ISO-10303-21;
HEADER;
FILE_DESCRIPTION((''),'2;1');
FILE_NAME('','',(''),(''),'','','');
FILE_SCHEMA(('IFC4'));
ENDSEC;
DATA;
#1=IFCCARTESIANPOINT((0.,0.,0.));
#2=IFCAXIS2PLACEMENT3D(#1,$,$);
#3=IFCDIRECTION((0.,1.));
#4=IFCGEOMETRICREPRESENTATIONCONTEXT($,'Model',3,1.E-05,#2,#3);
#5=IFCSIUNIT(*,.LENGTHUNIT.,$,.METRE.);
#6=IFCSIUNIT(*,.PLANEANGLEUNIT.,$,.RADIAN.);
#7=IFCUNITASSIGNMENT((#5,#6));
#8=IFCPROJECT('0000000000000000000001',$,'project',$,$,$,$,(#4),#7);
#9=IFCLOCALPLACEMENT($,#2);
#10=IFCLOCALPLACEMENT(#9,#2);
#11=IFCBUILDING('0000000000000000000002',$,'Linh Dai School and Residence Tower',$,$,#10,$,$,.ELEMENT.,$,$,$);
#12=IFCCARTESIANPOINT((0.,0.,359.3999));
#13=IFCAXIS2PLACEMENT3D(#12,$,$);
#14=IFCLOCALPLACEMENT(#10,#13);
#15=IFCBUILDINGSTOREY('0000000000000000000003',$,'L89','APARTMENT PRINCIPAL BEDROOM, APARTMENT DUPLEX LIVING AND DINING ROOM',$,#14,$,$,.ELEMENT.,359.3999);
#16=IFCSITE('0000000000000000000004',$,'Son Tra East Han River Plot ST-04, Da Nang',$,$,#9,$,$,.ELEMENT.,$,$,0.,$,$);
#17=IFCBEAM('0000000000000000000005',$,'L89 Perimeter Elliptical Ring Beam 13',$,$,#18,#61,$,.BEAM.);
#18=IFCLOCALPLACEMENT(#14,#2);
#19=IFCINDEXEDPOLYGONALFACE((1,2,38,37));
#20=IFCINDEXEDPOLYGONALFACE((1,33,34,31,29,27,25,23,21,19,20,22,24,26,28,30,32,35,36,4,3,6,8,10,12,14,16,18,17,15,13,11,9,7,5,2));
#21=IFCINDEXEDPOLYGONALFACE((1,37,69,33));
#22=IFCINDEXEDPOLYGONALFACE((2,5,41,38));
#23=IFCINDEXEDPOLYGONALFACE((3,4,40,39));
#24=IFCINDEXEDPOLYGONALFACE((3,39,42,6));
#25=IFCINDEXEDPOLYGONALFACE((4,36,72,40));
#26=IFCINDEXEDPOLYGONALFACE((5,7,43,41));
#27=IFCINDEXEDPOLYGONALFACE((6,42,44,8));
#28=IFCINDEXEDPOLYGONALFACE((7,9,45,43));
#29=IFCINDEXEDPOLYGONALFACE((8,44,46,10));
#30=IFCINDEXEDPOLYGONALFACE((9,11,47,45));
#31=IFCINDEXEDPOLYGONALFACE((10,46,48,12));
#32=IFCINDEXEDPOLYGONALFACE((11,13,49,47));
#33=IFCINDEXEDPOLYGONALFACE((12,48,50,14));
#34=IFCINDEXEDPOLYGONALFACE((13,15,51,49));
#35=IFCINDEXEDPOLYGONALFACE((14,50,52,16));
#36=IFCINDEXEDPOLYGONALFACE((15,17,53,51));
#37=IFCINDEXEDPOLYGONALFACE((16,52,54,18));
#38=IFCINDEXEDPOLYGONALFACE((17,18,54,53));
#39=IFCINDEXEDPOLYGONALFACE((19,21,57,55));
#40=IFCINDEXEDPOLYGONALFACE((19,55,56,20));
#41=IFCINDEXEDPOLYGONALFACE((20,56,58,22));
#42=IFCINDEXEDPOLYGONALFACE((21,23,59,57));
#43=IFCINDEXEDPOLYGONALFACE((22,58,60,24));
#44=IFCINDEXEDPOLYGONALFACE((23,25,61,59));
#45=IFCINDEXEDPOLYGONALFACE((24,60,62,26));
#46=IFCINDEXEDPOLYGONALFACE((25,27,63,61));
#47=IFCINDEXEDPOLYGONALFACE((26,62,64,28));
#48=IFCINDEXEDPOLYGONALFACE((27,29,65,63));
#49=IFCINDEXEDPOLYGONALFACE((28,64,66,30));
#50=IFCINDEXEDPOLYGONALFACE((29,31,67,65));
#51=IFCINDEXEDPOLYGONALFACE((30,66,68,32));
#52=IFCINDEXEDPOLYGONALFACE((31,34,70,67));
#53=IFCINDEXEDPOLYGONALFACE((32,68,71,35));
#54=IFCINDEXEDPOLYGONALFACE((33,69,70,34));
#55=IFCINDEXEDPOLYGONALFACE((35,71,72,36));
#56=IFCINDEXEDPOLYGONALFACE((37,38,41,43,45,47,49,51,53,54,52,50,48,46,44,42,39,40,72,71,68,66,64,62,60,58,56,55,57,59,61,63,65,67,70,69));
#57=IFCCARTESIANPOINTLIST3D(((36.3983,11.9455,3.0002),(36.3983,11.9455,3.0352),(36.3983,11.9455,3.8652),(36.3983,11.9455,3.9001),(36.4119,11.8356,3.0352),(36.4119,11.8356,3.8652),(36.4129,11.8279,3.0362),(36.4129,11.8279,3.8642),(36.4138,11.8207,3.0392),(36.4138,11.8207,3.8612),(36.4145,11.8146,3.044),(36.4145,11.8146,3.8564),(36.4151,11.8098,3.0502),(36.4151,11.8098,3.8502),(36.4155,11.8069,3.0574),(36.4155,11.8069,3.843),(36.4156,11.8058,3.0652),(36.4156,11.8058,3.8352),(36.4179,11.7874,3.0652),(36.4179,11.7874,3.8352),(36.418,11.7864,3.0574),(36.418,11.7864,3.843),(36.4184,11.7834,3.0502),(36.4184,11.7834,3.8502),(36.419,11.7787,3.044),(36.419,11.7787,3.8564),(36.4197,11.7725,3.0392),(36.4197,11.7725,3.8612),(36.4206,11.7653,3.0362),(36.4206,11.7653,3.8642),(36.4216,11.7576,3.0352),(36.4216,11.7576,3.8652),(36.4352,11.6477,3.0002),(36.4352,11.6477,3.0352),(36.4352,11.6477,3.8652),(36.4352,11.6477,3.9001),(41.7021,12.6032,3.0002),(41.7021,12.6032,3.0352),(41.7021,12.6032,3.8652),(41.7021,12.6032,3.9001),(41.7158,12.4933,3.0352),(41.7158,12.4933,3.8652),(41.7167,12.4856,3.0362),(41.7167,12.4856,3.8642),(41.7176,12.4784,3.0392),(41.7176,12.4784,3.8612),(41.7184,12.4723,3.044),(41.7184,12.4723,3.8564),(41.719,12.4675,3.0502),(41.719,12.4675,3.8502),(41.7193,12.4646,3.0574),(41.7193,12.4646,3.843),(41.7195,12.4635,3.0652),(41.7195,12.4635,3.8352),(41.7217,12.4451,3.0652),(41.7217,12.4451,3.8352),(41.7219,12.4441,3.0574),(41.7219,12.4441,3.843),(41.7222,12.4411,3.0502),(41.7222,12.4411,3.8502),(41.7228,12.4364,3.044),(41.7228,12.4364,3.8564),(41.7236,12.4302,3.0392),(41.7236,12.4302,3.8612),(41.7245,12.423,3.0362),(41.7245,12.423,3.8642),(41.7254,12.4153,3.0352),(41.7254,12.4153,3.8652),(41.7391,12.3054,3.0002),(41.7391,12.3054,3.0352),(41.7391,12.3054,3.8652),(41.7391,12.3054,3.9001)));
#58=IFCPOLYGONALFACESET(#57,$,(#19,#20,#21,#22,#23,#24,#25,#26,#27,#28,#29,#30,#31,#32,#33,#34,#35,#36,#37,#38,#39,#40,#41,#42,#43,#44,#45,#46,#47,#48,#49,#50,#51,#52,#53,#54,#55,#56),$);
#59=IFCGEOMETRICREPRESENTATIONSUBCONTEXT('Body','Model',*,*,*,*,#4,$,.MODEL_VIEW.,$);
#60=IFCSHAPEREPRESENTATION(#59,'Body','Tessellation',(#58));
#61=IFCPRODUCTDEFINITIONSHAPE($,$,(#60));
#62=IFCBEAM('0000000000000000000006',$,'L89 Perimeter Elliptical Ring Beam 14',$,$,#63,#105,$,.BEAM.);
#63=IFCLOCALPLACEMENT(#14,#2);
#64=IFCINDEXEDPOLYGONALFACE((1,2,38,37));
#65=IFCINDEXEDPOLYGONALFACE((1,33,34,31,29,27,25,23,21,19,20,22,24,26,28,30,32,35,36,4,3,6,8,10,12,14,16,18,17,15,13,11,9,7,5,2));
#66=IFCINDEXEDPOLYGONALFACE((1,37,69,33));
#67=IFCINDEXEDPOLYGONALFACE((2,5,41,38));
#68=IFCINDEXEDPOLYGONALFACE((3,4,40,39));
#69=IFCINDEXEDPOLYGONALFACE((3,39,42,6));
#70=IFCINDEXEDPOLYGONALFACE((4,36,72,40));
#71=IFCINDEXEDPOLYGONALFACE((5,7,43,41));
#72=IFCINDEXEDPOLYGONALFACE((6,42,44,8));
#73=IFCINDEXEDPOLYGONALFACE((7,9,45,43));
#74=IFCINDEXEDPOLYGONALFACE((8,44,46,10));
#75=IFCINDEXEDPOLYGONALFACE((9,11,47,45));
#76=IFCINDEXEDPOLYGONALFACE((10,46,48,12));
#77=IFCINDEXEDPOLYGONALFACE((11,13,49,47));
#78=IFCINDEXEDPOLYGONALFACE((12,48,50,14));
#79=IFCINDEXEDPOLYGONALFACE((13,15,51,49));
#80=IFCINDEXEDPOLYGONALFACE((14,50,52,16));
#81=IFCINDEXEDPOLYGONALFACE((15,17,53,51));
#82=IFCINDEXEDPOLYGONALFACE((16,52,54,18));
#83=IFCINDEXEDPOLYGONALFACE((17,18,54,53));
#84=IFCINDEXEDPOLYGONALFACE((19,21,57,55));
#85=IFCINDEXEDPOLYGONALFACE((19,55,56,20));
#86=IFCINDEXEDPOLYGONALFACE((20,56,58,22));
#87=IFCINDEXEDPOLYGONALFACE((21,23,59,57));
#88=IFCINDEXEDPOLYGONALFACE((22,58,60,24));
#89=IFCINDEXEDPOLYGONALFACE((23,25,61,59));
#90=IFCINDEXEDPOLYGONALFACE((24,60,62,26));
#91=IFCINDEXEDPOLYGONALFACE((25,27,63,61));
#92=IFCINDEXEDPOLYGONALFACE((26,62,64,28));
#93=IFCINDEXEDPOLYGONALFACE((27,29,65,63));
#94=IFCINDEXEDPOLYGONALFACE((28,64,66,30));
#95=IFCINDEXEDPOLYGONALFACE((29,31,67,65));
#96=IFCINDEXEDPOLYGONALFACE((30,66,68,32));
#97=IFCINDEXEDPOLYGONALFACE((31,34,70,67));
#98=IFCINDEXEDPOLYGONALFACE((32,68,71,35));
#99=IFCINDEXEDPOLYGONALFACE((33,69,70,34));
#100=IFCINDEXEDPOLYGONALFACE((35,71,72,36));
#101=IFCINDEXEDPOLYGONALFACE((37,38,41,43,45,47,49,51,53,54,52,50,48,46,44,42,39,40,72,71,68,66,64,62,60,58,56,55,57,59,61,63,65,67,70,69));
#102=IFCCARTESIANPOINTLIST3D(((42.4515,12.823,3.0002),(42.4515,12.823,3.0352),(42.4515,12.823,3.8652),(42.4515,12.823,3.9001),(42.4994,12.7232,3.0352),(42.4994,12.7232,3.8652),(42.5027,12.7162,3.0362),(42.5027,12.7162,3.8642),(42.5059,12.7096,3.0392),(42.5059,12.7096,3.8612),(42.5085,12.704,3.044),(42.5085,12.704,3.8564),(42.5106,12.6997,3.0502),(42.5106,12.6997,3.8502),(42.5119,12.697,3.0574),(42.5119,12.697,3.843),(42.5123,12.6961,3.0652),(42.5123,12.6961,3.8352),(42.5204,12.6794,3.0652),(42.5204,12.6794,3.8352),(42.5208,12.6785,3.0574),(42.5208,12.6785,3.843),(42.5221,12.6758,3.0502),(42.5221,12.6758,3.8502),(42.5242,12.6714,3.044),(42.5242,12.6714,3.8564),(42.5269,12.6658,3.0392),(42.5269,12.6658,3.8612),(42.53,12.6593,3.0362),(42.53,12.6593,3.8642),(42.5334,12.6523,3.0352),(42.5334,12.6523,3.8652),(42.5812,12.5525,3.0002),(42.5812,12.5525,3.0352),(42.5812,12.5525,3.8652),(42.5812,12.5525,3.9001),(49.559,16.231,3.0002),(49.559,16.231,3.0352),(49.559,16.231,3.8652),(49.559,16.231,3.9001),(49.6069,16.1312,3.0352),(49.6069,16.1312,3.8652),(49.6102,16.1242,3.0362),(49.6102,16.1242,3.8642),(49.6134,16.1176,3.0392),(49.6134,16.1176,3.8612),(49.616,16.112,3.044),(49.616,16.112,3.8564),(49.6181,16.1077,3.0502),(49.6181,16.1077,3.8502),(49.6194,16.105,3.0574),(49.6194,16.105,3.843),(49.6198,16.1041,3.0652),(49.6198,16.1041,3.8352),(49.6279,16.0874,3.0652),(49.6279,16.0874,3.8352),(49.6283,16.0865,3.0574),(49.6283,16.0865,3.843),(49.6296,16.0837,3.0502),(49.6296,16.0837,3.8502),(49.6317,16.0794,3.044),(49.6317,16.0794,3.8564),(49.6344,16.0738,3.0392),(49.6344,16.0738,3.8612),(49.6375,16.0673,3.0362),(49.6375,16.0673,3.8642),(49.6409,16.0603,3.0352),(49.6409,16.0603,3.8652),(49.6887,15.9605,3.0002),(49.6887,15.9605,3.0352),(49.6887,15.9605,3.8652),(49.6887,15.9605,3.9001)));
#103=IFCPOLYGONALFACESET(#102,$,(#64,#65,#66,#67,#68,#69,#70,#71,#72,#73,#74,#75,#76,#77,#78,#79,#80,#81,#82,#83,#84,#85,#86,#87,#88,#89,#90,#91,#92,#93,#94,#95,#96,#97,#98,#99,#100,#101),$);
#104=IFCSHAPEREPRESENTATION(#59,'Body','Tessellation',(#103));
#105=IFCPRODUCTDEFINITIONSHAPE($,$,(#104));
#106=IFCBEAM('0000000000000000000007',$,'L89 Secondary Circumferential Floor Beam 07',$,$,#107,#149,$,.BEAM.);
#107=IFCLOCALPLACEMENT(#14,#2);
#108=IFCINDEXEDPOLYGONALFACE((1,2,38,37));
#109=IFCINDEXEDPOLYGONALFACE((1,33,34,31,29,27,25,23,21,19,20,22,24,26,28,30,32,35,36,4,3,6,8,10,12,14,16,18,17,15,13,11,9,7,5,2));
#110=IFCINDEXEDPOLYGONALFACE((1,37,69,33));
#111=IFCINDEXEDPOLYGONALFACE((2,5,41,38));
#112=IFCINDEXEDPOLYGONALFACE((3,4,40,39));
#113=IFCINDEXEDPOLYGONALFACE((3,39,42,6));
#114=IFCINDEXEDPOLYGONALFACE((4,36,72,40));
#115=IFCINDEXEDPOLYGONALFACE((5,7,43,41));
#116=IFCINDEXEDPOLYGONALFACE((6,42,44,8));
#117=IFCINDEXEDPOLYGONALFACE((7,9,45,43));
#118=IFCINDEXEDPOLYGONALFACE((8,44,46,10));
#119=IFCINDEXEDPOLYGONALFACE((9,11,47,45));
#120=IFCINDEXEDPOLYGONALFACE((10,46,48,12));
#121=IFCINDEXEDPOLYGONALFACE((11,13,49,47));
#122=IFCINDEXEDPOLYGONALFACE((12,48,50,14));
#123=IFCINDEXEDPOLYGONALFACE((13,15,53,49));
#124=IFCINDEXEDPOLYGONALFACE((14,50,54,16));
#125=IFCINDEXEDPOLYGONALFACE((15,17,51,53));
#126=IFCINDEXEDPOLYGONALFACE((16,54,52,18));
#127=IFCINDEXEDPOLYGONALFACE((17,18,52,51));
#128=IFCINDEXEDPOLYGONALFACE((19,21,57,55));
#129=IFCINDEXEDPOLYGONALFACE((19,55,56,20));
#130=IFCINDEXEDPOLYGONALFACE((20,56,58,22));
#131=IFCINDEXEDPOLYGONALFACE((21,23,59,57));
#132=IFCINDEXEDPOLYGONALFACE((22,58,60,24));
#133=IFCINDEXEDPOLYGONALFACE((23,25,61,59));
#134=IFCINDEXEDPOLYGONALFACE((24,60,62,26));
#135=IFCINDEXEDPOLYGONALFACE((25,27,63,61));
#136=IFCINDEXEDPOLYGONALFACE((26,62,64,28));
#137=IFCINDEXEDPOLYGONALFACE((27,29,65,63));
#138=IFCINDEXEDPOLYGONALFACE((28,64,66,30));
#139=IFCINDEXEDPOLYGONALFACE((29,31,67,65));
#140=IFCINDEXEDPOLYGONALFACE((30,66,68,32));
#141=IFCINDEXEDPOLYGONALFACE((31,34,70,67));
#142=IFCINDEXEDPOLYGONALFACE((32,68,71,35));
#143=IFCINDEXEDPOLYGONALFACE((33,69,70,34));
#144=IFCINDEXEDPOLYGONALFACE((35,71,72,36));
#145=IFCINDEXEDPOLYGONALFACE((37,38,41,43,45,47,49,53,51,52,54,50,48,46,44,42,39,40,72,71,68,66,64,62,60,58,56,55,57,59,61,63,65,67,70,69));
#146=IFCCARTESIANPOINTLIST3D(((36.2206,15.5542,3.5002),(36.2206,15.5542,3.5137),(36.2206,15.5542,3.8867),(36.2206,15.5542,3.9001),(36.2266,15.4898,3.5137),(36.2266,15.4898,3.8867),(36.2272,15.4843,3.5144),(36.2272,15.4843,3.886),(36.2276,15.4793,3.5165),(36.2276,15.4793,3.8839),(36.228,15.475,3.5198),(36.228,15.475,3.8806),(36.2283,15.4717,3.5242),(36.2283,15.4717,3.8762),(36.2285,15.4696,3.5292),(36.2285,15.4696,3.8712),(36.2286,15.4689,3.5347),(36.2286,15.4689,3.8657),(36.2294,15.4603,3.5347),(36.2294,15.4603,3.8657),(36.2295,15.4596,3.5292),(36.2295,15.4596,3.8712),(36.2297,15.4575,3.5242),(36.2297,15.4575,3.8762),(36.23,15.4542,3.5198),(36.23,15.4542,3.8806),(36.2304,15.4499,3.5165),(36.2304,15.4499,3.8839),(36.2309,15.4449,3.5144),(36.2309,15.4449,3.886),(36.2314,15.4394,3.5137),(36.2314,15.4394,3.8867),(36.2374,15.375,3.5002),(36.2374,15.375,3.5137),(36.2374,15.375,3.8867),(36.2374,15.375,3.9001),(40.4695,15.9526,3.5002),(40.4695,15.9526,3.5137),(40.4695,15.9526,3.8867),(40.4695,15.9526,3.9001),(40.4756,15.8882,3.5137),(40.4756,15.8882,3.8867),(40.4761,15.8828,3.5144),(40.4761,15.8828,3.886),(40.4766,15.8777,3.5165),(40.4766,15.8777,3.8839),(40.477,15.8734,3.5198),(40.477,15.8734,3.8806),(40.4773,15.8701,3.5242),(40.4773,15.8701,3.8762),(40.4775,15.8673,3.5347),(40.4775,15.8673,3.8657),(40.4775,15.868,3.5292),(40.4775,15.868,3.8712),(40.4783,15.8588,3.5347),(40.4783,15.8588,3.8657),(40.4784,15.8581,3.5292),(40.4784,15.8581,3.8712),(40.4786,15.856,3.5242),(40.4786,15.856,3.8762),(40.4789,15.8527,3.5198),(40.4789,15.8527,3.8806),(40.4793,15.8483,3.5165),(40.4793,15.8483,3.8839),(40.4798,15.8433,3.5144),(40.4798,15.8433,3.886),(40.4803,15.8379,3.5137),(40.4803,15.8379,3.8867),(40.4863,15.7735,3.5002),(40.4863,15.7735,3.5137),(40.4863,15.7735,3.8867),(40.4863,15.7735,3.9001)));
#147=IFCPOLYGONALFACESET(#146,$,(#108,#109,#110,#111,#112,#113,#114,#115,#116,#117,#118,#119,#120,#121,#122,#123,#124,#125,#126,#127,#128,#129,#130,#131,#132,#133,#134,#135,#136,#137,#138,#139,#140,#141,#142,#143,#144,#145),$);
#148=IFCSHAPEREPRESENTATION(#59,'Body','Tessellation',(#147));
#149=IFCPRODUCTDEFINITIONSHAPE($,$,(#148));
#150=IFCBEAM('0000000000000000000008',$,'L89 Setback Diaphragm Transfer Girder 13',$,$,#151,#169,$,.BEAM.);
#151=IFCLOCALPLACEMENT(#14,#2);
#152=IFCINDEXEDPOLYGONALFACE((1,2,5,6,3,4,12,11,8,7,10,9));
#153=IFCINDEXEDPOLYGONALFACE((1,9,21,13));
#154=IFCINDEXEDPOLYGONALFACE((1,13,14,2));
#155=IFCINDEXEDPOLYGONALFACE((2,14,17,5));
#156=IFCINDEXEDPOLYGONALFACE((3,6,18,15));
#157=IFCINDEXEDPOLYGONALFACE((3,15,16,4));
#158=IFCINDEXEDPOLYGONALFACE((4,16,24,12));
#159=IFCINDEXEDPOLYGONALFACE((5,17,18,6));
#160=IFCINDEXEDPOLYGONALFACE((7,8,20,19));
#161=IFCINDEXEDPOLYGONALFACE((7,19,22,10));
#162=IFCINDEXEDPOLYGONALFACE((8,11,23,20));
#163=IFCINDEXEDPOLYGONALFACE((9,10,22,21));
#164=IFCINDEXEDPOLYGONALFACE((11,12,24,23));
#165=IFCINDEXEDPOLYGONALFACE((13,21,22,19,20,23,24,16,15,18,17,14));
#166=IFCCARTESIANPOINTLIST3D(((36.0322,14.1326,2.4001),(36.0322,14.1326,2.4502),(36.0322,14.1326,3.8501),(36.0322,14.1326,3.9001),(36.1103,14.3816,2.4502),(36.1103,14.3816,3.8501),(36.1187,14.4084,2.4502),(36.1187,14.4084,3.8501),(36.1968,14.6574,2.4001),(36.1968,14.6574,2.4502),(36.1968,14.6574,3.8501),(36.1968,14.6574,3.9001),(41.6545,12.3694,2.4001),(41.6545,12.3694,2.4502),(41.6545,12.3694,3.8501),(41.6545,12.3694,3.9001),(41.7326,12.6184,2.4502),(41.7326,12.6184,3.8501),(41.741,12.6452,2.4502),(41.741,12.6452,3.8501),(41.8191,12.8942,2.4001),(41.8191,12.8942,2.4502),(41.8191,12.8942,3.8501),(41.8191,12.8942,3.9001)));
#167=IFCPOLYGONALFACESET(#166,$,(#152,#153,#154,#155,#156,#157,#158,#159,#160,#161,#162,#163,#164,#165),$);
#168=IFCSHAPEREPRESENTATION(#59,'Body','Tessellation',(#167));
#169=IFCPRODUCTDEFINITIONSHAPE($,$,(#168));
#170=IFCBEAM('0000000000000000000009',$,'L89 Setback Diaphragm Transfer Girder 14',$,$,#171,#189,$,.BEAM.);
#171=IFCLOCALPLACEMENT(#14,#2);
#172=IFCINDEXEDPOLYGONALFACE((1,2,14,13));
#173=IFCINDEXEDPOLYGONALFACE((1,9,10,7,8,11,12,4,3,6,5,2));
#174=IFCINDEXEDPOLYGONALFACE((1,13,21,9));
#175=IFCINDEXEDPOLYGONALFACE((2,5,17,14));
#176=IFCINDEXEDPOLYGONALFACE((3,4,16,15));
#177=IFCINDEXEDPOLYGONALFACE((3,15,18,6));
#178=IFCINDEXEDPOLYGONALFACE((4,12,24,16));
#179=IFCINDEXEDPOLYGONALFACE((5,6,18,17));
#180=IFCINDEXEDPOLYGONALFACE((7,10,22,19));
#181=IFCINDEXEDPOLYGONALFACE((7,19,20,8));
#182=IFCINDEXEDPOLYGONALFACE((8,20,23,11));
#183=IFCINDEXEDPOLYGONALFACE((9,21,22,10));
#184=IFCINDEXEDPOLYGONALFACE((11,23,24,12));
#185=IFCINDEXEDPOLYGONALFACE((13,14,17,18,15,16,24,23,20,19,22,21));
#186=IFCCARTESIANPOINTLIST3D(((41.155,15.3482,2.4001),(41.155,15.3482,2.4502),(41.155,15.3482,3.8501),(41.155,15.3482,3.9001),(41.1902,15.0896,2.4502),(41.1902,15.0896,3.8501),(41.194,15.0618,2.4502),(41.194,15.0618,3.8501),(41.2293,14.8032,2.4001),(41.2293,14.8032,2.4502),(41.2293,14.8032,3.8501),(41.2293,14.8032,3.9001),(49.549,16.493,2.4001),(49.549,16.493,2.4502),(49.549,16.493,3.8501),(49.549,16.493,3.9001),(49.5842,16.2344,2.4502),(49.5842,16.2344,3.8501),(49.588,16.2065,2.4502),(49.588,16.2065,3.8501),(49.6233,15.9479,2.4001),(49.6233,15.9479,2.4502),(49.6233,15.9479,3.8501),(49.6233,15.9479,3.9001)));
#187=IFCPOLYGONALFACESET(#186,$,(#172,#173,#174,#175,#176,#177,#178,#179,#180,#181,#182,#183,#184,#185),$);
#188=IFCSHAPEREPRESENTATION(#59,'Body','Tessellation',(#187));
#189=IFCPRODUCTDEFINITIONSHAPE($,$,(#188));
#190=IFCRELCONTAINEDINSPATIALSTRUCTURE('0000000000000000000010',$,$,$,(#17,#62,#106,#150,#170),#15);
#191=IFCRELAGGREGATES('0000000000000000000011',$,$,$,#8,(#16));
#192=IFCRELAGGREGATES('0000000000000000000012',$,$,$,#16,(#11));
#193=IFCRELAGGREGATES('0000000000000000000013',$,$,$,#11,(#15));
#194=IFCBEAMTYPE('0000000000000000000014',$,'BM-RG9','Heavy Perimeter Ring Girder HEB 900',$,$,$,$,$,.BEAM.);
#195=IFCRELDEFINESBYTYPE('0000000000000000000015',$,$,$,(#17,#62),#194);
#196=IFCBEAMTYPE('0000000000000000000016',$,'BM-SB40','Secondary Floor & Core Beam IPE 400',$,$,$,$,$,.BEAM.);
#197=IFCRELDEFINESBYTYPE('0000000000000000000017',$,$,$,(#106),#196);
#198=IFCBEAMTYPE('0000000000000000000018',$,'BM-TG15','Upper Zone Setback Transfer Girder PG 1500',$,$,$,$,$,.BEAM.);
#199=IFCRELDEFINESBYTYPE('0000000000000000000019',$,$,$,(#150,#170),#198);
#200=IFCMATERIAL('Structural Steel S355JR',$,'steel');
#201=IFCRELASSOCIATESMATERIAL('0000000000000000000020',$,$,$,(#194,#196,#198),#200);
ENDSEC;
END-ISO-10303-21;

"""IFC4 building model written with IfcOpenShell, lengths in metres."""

from ifc_helpers import new_model, si_unit, direction, frame, origin, origin_2d, place, context, subcontext, project, spatial, i_section, extrude, material, material_profile, profile_set, type_object, element, save


model = new_model("IFC4")

# Units and contexts
model_context = context("Model", 3, precision=1e-05, world=origin(), true_north=direction((0.0, 1.0)))
body_context = subcontext(model_context, "Body", "Model", "MODEL_VIEW")
ifc_project = project(units=[si_unit("LENGTHUNIT", "METRE"), si_unit("PLANEANGLEUNIT", "RADIAN")], contexts=[model_context])

# Site, building, storey
site_placement = place(None, origin())
site = spatial("IfcSite", under=ifc_project, at=site_placement, Name="Son Tra East Han River Plot ST-04, Da Nang", CompositionType="ELEMENT", RefElevation=0.0)
building_placement = place(site_placement, origin())
building = spatial("IfcBuilding", under=site, at=building_placement, Name="Linh Dai School and Residence Tower", CompositionType="ELEMENT")
storey_placement = place(building_placement, frame((0.0, 0.0, 359.3999)))
storey = spatial("IfcBuildingStorey", under=building, at=storey_placement, Name="L89", Description="APARTMENT PRINCIPAL BEDROOM, APARTMENT DUPLEX LIVING AND DINING ROOM", CompositionType="ELEMENT", Elevation=359.3999)

# Shared definitions
ifc_material_1 = material(Name="Structural Steel S355JR", Category="steel")

# Beams
ifc_material_profile_1 = material_profile(ifc_material_1, i_section(OverallWidth=0.3, OverallDepth=0.8999, WebThickness=0.0186, FlangeThickness=0.0349, FilletRadius=0.03, at=origin_2d()), Name="HEB 900")
ifc_profile_set_1 = profile_set([ifc_material_profile_1], Name="Structural Steel S355JR")
beam_type_1 = type_object("IfcBeamType", Name="BM-RG9", Description="Heavy Perimeter Ring Girder HEB 900", PredefinedType="BEAM", material=ifc_profile_set_1)
beam_1_placement = place(storey_placement, frame((36.4167, 11.7966, 3.4502), z_axis=(0.992399, 0.123062, 0.0), x_axis=(-0.123062, 0.992399, 0.0)))
element("IfcBeam", 1, at=beam_1_placement, inside=storey, type_object=beam_type_1, Name="L89 Perimeter Elliptical Ring Beam 13", PredefinedType="BEAM", context=body_context, shape_type="SweptSolid", body=[
    extrude(i_section(OverallWidth=0.3, OverallDepth=0.8999, WebThickness=0.0186, FlangeThickness=0.0349, FilletRadius=0.03, at=origin_2d()), origin(), (0.0, 0.0, 1.0), 5.3445),
])
beam_2_placement = place(storey_placement, frame((42.5164, 12.6877, 3.4502), z_axis=(0.901701, 0.432359, 0.0), x_axis=(-0.432359, 0.901701, 0.0)))
element("IfcBeam", 2, at=beam_2_placement, inside=storey, type_object=beam_type_1, Name="L89 Perimeter Elliptical Ring Beam 14", PredefinedType="BEAM", context=body_context, shape_type="SweptSolid", body=[
    extrude(i_section(OverallWidth=0.3, OverallDepth=0.8999, WebThickness=0.0186, FlangeThickness=0.0349, FilletRadius=0.03, at=origin_2d()), origin(), (0.0, 0.0, 1.0), 7.8823),
])
ifc_material_profile_2 = material_profile(ifc_material_1, i_section(OverallWidth=0.1799, OverallDepth=0.3999, WebThickness=0.0085, FlangeThickness=0.0134, FilletRadius=0.021, at=origin_2d()), Name="IPE 400")
ifc_profile_set_2 = profile_set([ifc_material_profile_2], Name="Structural Steel S355JR")
beam_type_2 = type_object("IfcBeamType", Name="BM-SB40", Description="Secondary Floor & Core Beam IPE 400", PredefinedType="BEAM", material=ifc_profile_set_2)
beam_3_placement = place(storey_placement, frame((36.229, 15.4646, 3.7002), z_axis=(0.995632, 0.093362, 0.0), x_axis=(-0.093362, 0.995632, 0.0)))
element("IfcBeam", 3, at=beam_3_placement, inside=storey, type_object=beam_type_2, Name="L89 Secondary Circumferential Floor Beam 07", PredefinedType="BEAM", context=body_context, shape_type="SweptSolid", body=[
    extrude(i_section(OverallWidth=0.1799, OverallDepth=0.3999, WebThickness=0.0085, FlangeThickness=0.0134, FilletRadius=0.021, at=origin_2d()), origin(), (0.0, 0.0, 1.0), 4.2676),
])
ifc_material_profile_3 = material_profile(ifc_material_1, i_section(OverallWidth=0.55, OverallDepth=1.5, WebThickness=0.0281, FlangeThickness=0.05, at=origin_2d()), Name="PG 1500x550x28x50")
ifc_profile_set_3 = profile_set([ifc_material_profile_3], Name="Structural Steel S355JR")
beam_type_3 = type_object("IfcBeamType", Name="BM-TG15", Description="Upper Zone Setback Transfer Girder PG 1500", PredefinedType="BEAM", material=ifc_profile_set_3)
beam_4_placement = place(storey_placement, frame((36.1145, 14.395, 3.1501), z_axis=(0.954179, -0.299235, 0.0), x_axis=(0.299235, 0.954179, 0.0)))
element("IfcBeam", 4, at=beam_4_placement, inside=storey, type_object=beam_type_3, Name="L89 Setback Diaphragm Transfer Girder 13", PredefinedType="BEAM", context=body_context, shape_type="SweptSolid", body=[
    extrude(i_section(OverallWidth=0.55, OverallDepth=1.5, WebThickness=0.0281, FlangeThickness=0.05, at=origin_2d()), origin(), (0.0, 0.0, 1.0), 5.8923),
])
beam_5_placement = place(storey_placement, frame((41.1921, 15.0757, 3.1501), z_axis=(0.990828, 0.135129, 0.0), x_axis=(-0.135129, 0.990828, 0.0)))
element("IfcBeam", 5, at=beam_5_placement, inside=storey, type_object=beam_type_3, Name="L89 Setback Diaphragm Transfer Girder 14", PredefinedType="BEAM", context=body_context, shape_type="SweptSolid", body=[
    extrude(i_section(OverallWidth=0.55, OverallDepth=1.5, WebThickness=0.0281, FlangeThickness=0.05, at=origin_2d()), origin(), (0.0, 0.0, 1.0), 8.4717),
])

save(model, "model.ifc")
